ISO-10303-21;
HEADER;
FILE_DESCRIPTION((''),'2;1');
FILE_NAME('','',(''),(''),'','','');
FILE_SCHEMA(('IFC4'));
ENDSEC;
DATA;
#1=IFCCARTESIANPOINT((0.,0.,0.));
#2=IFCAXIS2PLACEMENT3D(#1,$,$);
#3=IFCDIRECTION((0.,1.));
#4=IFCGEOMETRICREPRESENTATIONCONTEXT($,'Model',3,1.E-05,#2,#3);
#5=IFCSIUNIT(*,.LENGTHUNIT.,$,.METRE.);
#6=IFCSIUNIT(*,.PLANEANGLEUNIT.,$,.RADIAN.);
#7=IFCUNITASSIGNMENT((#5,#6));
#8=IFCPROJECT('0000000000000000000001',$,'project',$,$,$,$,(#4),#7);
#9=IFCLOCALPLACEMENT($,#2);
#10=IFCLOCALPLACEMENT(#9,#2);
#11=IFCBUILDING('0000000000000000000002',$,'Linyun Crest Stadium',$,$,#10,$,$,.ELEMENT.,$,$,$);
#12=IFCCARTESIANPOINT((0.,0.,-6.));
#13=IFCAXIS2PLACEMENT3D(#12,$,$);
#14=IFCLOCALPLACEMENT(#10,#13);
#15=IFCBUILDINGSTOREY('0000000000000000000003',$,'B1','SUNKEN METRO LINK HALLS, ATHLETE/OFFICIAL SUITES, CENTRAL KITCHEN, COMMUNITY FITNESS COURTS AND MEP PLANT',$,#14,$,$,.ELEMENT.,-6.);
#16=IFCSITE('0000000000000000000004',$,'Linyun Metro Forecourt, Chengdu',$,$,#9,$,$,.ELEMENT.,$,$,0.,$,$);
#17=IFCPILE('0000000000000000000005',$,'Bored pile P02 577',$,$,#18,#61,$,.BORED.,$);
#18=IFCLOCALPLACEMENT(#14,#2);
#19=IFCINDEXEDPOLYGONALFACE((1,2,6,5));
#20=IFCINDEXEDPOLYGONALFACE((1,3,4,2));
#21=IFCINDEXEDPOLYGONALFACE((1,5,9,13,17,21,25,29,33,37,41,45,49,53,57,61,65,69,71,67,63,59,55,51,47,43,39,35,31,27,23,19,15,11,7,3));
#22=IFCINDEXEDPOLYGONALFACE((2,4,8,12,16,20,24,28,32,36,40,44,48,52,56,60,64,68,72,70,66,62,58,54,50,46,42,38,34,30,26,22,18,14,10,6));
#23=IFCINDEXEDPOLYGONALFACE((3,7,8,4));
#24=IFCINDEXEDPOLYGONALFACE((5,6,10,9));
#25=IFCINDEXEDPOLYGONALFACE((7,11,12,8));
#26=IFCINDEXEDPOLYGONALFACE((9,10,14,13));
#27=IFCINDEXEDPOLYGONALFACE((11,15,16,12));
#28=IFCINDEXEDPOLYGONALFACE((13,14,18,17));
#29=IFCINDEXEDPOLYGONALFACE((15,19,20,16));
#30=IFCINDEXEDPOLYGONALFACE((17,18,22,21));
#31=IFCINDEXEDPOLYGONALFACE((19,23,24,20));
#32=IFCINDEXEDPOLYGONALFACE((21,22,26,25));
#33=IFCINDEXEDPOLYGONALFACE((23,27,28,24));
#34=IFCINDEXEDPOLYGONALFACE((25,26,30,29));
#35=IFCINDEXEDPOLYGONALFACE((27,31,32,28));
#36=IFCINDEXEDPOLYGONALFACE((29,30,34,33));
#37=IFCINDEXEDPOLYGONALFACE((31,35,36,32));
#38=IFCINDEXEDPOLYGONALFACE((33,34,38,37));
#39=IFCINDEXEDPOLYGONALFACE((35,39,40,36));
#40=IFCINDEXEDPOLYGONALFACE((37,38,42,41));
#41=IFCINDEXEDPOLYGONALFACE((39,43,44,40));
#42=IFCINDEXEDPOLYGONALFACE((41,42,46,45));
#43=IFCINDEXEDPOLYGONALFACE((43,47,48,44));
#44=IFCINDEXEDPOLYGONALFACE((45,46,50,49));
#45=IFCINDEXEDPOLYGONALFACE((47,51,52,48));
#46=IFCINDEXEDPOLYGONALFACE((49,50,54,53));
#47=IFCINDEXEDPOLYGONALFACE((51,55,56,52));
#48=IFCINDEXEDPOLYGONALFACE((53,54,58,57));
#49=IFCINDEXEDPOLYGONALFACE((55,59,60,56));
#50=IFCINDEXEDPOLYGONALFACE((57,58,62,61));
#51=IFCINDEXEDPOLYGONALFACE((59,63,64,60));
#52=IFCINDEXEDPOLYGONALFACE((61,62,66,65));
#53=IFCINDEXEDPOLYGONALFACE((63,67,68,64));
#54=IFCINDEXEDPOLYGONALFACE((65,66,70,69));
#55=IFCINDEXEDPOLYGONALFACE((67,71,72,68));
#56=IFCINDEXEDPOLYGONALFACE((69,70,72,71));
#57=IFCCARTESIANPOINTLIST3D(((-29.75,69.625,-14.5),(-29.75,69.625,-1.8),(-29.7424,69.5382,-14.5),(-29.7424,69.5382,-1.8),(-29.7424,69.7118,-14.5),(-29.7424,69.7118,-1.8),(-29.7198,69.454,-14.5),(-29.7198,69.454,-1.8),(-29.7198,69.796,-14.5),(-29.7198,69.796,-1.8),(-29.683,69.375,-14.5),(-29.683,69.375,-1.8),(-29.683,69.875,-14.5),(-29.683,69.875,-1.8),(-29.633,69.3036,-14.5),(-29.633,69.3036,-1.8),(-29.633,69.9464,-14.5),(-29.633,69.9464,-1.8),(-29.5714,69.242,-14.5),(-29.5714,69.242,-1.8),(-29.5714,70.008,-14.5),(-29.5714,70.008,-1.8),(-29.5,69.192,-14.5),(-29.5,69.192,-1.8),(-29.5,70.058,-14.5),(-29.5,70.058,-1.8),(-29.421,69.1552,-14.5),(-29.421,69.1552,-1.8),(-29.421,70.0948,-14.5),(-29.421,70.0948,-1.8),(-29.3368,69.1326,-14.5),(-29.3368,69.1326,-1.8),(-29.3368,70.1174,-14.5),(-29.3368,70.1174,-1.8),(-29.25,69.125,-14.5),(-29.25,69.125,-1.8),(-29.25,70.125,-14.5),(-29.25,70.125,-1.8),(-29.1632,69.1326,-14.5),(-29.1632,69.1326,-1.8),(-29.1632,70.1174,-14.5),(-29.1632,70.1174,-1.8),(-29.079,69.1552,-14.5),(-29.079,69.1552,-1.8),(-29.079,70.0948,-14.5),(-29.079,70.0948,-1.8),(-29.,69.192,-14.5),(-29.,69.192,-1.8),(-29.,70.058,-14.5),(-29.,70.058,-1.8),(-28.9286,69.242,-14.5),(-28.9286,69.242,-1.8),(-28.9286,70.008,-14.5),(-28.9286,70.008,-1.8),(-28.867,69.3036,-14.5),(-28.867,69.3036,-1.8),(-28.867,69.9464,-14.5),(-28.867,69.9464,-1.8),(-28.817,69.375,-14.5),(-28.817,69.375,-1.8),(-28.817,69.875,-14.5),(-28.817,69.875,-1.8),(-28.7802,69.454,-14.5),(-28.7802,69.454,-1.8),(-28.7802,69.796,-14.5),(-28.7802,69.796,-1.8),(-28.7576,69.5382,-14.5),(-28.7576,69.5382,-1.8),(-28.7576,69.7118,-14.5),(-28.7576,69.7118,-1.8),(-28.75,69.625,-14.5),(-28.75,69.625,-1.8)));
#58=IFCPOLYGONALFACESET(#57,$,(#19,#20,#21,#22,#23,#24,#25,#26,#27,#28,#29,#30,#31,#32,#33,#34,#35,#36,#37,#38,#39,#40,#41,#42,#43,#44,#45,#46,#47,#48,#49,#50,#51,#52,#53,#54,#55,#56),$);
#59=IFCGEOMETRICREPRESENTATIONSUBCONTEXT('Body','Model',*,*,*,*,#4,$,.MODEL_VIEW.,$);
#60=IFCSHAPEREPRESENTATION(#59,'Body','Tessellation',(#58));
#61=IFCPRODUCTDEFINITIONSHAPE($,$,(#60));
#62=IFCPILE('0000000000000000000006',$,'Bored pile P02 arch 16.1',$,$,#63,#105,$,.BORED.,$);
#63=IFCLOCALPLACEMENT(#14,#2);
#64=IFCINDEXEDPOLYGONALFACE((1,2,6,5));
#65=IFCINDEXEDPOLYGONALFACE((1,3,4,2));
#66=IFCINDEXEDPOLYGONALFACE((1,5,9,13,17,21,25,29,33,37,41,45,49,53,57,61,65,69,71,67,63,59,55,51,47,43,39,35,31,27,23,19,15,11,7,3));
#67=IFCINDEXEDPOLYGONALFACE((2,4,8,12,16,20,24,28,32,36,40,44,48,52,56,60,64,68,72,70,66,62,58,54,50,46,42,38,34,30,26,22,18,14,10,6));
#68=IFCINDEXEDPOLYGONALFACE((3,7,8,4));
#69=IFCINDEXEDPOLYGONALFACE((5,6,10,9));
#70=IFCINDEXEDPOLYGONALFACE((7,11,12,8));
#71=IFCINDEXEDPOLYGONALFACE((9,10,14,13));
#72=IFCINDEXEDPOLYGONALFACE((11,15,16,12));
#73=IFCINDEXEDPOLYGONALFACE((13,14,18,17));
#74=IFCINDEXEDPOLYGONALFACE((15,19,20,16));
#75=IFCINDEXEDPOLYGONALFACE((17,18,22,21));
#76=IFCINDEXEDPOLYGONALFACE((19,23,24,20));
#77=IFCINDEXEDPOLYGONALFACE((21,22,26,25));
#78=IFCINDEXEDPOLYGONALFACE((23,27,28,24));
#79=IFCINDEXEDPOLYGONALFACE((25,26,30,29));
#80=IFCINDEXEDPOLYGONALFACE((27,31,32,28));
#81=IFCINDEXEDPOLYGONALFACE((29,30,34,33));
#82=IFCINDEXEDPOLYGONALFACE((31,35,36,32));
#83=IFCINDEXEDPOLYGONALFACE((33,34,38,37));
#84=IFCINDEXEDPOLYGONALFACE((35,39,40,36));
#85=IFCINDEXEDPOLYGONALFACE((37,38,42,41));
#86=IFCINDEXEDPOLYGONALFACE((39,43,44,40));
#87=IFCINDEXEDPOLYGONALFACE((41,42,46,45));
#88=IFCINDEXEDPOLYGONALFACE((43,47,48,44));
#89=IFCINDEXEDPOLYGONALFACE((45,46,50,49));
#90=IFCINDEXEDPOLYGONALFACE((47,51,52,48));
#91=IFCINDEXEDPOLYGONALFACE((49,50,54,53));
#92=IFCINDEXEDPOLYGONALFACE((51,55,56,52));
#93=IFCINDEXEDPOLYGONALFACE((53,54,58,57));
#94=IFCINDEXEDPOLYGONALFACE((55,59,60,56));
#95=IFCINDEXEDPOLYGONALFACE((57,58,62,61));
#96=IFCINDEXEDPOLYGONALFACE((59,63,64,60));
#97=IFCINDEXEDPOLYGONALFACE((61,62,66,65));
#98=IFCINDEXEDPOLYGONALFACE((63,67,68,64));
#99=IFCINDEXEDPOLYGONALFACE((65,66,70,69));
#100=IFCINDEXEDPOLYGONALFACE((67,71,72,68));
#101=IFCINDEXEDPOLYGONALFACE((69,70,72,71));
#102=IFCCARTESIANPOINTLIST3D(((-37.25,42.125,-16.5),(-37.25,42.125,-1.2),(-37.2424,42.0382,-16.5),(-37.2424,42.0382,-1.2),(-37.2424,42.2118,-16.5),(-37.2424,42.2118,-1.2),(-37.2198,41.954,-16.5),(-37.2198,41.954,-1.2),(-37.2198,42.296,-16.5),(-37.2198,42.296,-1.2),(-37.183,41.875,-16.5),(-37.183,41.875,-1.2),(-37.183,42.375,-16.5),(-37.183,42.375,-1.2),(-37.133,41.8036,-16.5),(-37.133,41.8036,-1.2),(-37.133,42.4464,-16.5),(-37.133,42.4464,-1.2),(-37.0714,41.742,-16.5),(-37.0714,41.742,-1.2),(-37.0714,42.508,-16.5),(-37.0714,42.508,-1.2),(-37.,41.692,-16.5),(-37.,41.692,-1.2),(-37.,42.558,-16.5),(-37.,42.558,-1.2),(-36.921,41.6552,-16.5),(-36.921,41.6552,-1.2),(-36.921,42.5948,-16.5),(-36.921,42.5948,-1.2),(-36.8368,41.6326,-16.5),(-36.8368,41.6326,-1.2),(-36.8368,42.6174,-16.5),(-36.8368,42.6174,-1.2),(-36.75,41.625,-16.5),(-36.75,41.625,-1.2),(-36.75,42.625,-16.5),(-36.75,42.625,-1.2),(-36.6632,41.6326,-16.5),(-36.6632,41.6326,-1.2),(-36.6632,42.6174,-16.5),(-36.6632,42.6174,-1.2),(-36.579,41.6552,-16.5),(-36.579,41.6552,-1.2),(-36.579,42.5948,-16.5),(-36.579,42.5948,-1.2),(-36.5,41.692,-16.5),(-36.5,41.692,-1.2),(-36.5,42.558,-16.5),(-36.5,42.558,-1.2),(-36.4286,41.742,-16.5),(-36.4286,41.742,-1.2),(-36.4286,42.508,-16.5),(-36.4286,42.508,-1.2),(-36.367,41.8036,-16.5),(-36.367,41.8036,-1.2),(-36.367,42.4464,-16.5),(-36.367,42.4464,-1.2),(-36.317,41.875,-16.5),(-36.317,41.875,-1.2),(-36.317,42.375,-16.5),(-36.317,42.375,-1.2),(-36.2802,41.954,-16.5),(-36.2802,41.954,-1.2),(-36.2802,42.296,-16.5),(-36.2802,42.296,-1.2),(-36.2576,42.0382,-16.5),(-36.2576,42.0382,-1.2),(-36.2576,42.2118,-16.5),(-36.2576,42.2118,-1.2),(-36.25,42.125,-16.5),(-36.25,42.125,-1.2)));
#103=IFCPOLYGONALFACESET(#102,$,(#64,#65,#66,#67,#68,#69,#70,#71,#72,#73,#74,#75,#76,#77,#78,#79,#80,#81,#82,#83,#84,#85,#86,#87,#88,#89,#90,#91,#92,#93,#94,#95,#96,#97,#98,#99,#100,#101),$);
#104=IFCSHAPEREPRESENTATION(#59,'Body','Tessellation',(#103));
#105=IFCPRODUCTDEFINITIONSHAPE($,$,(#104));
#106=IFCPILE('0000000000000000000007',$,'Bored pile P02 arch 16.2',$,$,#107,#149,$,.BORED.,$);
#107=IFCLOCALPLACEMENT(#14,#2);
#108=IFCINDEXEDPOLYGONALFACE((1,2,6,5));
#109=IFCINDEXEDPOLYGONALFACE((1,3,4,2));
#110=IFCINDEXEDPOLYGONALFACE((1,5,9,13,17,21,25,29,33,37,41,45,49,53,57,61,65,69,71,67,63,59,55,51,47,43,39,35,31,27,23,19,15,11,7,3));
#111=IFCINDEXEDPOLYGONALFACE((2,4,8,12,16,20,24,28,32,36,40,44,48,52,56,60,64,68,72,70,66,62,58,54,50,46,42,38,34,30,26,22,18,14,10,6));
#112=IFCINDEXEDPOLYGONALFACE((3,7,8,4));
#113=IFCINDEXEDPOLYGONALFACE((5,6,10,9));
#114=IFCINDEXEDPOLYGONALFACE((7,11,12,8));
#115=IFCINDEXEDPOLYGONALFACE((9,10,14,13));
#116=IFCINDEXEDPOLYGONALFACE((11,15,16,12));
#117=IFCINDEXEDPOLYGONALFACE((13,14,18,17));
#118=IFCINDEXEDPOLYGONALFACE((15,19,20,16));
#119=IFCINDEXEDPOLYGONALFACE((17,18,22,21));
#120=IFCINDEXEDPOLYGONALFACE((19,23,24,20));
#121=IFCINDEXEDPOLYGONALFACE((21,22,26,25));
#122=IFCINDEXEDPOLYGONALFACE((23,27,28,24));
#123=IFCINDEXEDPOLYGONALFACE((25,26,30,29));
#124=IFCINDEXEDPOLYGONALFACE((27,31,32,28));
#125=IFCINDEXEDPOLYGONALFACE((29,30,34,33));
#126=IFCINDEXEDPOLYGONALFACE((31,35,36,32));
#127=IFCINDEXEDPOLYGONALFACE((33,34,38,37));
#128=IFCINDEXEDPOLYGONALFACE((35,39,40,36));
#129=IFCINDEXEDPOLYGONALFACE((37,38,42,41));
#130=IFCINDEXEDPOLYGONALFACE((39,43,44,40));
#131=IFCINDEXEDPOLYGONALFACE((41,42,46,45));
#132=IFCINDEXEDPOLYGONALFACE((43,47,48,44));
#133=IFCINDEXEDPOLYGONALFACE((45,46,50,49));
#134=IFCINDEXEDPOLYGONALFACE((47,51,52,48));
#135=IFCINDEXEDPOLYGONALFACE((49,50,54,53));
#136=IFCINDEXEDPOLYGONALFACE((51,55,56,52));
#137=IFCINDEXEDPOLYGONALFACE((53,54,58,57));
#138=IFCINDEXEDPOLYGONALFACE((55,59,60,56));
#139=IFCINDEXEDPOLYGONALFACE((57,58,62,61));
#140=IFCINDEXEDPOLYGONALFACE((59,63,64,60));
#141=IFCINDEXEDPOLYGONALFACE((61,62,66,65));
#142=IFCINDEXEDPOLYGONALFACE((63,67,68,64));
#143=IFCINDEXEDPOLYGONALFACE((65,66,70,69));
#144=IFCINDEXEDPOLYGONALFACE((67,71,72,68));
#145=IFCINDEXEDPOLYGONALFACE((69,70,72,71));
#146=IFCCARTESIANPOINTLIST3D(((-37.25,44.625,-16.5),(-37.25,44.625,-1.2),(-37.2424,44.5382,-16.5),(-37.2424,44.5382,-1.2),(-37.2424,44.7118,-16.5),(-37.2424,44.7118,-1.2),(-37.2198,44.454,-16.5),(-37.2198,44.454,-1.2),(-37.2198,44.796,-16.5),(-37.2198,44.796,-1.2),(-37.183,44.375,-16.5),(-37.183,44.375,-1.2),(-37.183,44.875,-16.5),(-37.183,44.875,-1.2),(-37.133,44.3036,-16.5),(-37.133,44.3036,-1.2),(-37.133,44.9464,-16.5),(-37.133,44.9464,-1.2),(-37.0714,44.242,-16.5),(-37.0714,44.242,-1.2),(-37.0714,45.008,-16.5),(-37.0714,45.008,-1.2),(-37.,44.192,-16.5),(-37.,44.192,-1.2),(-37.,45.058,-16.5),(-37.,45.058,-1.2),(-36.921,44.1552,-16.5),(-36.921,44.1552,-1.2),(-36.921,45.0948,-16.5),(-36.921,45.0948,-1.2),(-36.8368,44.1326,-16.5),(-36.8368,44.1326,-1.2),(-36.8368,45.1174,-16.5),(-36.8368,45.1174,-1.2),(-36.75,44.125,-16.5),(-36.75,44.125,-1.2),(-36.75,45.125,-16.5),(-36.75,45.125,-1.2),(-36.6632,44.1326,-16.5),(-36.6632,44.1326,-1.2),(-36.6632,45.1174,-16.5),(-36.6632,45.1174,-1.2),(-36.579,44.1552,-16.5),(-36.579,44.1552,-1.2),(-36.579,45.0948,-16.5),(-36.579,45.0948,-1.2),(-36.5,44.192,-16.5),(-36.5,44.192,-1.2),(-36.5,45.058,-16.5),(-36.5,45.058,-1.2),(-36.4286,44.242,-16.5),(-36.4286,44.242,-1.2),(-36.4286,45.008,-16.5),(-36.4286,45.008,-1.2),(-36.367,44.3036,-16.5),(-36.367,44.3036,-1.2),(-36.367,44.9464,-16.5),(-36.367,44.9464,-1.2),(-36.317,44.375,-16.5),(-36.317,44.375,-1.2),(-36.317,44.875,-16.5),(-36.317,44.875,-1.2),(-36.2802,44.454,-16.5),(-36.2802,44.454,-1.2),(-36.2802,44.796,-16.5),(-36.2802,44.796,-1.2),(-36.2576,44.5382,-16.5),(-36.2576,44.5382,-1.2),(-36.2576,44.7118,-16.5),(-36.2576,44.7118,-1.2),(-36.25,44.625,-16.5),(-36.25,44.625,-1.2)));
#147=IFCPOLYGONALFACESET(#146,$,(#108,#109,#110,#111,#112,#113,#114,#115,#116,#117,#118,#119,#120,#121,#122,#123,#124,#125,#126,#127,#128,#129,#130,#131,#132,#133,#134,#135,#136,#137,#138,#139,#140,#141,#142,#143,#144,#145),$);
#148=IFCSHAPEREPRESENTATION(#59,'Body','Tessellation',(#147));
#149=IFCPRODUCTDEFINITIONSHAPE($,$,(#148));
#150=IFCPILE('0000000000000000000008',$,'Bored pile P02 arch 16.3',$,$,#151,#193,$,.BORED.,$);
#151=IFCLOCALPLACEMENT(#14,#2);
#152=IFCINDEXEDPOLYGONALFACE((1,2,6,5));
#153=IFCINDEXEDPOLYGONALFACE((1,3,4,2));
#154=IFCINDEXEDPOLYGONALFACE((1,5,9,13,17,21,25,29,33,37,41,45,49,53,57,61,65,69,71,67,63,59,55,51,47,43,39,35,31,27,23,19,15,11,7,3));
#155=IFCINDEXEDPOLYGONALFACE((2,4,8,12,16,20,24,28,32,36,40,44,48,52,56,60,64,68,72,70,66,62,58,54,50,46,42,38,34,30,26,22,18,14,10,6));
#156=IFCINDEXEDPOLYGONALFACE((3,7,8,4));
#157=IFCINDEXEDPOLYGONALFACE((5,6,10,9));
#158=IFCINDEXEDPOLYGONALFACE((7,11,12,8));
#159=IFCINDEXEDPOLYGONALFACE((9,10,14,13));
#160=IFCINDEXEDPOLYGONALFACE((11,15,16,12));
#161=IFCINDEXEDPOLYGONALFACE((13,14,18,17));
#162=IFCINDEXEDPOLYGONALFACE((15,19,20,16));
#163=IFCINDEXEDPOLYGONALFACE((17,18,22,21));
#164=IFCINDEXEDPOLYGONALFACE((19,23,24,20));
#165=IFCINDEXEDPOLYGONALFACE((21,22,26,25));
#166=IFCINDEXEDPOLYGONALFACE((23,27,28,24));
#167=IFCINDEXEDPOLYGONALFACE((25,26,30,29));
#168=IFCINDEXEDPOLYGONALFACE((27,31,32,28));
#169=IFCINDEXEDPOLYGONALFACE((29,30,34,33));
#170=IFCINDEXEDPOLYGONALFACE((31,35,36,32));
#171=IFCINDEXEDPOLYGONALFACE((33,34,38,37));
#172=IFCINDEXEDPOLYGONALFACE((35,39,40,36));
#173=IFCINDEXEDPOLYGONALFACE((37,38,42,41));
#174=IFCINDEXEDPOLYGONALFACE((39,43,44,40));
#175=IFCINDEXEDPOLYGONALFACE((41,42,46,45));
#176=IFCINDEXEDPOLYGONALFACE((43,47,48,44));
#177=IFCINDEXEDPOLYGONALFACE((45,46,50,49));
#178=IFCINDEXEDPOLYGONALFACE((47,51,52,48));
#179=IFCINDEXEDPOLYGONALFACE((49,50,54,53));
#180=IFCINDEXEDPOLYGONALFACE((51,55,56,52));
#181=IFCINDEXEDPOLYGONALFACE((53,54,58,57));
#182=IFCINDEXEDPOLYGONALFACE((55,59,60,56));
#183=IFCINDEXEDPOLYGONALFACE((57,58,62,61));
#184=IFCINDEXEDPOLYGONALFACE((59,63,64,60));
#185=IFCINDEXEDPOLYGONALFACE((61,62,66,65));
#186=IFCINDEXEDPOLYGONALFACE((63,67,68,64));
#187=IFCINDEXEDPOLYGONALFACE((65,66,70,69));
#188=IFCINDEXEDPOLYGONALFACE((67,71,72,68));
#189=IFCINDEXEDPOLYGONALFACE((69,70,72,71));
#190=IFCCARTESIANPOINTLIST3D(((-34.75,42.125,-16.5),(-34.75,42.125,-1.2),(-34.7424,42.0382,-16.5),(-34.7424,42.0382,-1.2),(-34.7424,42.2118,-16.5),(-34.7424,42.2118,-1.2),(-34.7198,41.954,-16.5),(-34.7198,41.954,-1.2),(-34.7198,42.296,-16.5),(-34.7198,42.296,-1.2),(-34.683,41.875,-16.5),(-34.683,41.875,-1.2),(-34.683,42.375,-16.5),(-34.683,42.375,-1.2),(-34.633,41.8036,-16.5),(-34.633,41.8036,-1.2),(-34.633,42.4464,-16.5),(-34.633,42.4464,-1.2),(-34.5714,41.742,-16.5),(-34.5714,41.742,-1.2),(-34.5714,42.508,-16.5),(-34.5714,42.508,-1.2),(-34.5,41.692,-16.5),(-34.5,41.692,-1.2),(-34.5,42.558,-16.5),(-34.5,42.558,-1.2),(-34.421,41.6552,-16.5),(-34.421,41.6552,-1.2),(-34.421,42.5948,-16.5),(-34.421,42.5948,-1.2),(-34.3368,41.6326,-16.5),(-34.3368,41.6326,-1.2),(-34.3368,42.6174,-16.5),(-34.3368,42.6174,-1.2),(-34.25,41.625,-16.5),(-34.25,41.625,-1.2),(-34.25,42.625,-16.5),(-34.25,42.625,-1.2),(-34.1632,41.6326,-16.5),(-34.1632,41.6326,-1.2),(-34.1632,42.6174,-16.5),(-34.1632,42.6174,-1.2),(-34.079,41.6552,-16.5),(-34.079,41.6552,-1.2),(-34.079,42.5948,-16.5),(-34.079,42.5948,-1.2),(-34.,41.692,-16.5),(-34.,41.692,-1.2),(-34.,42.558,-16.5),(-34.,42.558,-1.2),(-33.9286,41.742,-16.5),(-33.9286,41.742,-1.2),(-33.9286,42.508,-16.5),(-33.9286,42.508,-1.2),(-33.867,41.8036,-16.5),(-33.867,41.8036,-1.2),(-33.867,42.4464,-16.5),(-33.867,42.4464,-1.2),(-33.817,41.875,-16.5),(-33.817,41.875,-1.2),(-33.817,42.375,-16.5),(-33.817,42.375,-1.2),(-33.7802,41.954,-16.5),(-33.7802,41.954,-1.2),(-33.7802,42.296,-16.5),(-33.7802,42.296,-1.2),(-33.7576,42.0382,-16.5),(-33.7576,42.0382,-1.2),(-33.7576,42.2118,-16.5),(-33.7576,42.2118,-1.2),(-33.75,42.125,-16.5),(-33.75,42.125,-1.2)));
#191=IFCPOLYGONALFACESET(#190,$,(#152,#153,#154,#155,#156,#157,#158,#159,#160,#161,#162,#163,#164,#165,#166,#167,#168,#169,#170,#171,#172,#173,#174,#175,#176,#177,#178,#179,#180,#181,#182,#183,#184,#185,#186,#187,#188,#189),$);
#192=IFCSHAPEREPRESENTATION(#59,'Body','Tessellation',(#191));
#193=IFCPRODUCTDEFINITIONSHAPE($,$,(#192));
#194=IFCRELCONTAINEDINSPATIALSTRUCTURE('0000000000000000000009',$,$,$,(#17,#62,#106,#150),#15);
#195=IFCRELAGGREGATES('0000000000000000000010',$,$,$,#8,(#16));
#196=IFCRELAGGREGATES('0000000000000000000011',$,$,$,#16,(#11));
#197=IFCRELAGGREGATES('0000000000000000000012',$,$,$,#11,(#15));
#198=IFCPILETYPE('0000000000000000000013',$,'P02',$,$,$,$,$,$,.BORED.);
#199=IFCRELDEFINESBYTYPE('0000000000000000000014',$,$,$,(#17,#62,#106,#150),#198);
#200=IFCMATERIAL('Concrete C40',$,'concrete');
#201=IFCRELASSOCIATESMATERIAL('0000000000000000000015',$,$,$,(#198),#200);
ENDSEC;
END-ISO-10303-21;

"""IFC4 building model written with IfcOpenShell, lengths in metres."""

from ifc_helpers import new_model, si_unit, direction, frame, origin, origin_2d, place, context, subcontext, project, spatial, circle, extrude, material, material_profile, profile_set, type_object, element, save


model = new_model("IFC4")

# Units and contexts
model_context = context("Model", 3, precision=1e-05, world=origin(), true_north=direction((0.0, 1.0)))
body_context = subcontext(model_context, "Body", "Model", "MODEL_VIEW")
ifc_project = project(units=[si_unit("LENGTHUNIT", "METRE"), si_unit("PLANEANGLEUNIT", "RADIAN")], contexts=[model_context])

# Site, building, storey
site_placement = place(None, origin())
site = spatial("IfcSite", under=ifc_project, at=site_placement, Name="Linyun Metro Forecourt, Chengdu", CompositionType="ELEMENT", RefElevation=0.0)
building_placement = place(site_placement, origin())
building = spatial("IfcBuilding", under=site, at=building_placement, Name="Linyun Crest Stadium", CompositionType="ELEMENT")
storey_placement = place(building_placement, frame((0.0, 0.0, -6.0)))
storey = spatial("IfcBuildingStorey", under=building, at=storey_placement, Name="B1", Description="SUNKEN METRO LINK HALLS, ATHLETE/OFFICIAL SUITES, CENTRAL KITCHEN, COMMUNITY FITNESS COURTS AND MEP PLANT", CompositionType="ELEMENT", Elevation=-6.0)

# Piles
ifc_material_1 = material(Name="Concrete C40", Category="concrete")
ifc_material_profile_1 = material_profile(ifc_material_1, circle(Radius=0.5, at=origin_2d()), Name="BORED PILE 1000")
ifc_profile_set_1 = profile_set([ifc_material_profile_1], Name="Concrete C40")
pile_type_1 = type_object("IfcPileType", Name="P02", PredefinedType="BORED", material=ifc_profile_set_1)
pile_placement = place(storey_placement, frame((-29.25, 69.625, -1.8), z_axis=(0.0, 0.0, -1.0), x_axis=(1.0, 0.0, 0.0)))
element("IfcPile", 1, at=pile_placement, inside=storey, type_object=pile_type_1, Name="Bored pile P02 577", PredefinedType="BORED", context=body_context, shape_type="SweptSolid", body=[
    extrude(circle(Radius=0.5, at=origin_2d()), origin(), (0.0, 0.0, 1.0), 12.7),
])
for number, where, z_axis, x_axis, name in (
    (2, (-36.75, 42.125, -1.2), (0.0, 0.0, -1.0), (1.0, 0.0, 0.0), "Bored pile P02 arch 16.1"),
    (3, (-36.75, 44.625, -1.2), (0.0, 0.0, -1.0), (1.0, 0.0, 0.0), "Bored pile P02 arch 16.2"),
    (4, (-34.25, 42.125, -1.2), (0.0, 0.0, -1.0), (1.0, 0.0, 0.0), "Bored pile P02 arch 16.3"),
):
    element("IfcPile", number, at=place(storey_placement, frame(where, z_axis=z_axis, x_axis=x_axis)), inside=storey, type_object=pile_type_1, Name=name, PredefinedType="BORED", context=body_context, shape_type="SweptSolid", body=[
        extrude(circle(Radius=0.5, at=origin_2d()), origin(), (0.0, 0.0, 1.0), 15.3),
    ])

save(model, "model.ifc")
